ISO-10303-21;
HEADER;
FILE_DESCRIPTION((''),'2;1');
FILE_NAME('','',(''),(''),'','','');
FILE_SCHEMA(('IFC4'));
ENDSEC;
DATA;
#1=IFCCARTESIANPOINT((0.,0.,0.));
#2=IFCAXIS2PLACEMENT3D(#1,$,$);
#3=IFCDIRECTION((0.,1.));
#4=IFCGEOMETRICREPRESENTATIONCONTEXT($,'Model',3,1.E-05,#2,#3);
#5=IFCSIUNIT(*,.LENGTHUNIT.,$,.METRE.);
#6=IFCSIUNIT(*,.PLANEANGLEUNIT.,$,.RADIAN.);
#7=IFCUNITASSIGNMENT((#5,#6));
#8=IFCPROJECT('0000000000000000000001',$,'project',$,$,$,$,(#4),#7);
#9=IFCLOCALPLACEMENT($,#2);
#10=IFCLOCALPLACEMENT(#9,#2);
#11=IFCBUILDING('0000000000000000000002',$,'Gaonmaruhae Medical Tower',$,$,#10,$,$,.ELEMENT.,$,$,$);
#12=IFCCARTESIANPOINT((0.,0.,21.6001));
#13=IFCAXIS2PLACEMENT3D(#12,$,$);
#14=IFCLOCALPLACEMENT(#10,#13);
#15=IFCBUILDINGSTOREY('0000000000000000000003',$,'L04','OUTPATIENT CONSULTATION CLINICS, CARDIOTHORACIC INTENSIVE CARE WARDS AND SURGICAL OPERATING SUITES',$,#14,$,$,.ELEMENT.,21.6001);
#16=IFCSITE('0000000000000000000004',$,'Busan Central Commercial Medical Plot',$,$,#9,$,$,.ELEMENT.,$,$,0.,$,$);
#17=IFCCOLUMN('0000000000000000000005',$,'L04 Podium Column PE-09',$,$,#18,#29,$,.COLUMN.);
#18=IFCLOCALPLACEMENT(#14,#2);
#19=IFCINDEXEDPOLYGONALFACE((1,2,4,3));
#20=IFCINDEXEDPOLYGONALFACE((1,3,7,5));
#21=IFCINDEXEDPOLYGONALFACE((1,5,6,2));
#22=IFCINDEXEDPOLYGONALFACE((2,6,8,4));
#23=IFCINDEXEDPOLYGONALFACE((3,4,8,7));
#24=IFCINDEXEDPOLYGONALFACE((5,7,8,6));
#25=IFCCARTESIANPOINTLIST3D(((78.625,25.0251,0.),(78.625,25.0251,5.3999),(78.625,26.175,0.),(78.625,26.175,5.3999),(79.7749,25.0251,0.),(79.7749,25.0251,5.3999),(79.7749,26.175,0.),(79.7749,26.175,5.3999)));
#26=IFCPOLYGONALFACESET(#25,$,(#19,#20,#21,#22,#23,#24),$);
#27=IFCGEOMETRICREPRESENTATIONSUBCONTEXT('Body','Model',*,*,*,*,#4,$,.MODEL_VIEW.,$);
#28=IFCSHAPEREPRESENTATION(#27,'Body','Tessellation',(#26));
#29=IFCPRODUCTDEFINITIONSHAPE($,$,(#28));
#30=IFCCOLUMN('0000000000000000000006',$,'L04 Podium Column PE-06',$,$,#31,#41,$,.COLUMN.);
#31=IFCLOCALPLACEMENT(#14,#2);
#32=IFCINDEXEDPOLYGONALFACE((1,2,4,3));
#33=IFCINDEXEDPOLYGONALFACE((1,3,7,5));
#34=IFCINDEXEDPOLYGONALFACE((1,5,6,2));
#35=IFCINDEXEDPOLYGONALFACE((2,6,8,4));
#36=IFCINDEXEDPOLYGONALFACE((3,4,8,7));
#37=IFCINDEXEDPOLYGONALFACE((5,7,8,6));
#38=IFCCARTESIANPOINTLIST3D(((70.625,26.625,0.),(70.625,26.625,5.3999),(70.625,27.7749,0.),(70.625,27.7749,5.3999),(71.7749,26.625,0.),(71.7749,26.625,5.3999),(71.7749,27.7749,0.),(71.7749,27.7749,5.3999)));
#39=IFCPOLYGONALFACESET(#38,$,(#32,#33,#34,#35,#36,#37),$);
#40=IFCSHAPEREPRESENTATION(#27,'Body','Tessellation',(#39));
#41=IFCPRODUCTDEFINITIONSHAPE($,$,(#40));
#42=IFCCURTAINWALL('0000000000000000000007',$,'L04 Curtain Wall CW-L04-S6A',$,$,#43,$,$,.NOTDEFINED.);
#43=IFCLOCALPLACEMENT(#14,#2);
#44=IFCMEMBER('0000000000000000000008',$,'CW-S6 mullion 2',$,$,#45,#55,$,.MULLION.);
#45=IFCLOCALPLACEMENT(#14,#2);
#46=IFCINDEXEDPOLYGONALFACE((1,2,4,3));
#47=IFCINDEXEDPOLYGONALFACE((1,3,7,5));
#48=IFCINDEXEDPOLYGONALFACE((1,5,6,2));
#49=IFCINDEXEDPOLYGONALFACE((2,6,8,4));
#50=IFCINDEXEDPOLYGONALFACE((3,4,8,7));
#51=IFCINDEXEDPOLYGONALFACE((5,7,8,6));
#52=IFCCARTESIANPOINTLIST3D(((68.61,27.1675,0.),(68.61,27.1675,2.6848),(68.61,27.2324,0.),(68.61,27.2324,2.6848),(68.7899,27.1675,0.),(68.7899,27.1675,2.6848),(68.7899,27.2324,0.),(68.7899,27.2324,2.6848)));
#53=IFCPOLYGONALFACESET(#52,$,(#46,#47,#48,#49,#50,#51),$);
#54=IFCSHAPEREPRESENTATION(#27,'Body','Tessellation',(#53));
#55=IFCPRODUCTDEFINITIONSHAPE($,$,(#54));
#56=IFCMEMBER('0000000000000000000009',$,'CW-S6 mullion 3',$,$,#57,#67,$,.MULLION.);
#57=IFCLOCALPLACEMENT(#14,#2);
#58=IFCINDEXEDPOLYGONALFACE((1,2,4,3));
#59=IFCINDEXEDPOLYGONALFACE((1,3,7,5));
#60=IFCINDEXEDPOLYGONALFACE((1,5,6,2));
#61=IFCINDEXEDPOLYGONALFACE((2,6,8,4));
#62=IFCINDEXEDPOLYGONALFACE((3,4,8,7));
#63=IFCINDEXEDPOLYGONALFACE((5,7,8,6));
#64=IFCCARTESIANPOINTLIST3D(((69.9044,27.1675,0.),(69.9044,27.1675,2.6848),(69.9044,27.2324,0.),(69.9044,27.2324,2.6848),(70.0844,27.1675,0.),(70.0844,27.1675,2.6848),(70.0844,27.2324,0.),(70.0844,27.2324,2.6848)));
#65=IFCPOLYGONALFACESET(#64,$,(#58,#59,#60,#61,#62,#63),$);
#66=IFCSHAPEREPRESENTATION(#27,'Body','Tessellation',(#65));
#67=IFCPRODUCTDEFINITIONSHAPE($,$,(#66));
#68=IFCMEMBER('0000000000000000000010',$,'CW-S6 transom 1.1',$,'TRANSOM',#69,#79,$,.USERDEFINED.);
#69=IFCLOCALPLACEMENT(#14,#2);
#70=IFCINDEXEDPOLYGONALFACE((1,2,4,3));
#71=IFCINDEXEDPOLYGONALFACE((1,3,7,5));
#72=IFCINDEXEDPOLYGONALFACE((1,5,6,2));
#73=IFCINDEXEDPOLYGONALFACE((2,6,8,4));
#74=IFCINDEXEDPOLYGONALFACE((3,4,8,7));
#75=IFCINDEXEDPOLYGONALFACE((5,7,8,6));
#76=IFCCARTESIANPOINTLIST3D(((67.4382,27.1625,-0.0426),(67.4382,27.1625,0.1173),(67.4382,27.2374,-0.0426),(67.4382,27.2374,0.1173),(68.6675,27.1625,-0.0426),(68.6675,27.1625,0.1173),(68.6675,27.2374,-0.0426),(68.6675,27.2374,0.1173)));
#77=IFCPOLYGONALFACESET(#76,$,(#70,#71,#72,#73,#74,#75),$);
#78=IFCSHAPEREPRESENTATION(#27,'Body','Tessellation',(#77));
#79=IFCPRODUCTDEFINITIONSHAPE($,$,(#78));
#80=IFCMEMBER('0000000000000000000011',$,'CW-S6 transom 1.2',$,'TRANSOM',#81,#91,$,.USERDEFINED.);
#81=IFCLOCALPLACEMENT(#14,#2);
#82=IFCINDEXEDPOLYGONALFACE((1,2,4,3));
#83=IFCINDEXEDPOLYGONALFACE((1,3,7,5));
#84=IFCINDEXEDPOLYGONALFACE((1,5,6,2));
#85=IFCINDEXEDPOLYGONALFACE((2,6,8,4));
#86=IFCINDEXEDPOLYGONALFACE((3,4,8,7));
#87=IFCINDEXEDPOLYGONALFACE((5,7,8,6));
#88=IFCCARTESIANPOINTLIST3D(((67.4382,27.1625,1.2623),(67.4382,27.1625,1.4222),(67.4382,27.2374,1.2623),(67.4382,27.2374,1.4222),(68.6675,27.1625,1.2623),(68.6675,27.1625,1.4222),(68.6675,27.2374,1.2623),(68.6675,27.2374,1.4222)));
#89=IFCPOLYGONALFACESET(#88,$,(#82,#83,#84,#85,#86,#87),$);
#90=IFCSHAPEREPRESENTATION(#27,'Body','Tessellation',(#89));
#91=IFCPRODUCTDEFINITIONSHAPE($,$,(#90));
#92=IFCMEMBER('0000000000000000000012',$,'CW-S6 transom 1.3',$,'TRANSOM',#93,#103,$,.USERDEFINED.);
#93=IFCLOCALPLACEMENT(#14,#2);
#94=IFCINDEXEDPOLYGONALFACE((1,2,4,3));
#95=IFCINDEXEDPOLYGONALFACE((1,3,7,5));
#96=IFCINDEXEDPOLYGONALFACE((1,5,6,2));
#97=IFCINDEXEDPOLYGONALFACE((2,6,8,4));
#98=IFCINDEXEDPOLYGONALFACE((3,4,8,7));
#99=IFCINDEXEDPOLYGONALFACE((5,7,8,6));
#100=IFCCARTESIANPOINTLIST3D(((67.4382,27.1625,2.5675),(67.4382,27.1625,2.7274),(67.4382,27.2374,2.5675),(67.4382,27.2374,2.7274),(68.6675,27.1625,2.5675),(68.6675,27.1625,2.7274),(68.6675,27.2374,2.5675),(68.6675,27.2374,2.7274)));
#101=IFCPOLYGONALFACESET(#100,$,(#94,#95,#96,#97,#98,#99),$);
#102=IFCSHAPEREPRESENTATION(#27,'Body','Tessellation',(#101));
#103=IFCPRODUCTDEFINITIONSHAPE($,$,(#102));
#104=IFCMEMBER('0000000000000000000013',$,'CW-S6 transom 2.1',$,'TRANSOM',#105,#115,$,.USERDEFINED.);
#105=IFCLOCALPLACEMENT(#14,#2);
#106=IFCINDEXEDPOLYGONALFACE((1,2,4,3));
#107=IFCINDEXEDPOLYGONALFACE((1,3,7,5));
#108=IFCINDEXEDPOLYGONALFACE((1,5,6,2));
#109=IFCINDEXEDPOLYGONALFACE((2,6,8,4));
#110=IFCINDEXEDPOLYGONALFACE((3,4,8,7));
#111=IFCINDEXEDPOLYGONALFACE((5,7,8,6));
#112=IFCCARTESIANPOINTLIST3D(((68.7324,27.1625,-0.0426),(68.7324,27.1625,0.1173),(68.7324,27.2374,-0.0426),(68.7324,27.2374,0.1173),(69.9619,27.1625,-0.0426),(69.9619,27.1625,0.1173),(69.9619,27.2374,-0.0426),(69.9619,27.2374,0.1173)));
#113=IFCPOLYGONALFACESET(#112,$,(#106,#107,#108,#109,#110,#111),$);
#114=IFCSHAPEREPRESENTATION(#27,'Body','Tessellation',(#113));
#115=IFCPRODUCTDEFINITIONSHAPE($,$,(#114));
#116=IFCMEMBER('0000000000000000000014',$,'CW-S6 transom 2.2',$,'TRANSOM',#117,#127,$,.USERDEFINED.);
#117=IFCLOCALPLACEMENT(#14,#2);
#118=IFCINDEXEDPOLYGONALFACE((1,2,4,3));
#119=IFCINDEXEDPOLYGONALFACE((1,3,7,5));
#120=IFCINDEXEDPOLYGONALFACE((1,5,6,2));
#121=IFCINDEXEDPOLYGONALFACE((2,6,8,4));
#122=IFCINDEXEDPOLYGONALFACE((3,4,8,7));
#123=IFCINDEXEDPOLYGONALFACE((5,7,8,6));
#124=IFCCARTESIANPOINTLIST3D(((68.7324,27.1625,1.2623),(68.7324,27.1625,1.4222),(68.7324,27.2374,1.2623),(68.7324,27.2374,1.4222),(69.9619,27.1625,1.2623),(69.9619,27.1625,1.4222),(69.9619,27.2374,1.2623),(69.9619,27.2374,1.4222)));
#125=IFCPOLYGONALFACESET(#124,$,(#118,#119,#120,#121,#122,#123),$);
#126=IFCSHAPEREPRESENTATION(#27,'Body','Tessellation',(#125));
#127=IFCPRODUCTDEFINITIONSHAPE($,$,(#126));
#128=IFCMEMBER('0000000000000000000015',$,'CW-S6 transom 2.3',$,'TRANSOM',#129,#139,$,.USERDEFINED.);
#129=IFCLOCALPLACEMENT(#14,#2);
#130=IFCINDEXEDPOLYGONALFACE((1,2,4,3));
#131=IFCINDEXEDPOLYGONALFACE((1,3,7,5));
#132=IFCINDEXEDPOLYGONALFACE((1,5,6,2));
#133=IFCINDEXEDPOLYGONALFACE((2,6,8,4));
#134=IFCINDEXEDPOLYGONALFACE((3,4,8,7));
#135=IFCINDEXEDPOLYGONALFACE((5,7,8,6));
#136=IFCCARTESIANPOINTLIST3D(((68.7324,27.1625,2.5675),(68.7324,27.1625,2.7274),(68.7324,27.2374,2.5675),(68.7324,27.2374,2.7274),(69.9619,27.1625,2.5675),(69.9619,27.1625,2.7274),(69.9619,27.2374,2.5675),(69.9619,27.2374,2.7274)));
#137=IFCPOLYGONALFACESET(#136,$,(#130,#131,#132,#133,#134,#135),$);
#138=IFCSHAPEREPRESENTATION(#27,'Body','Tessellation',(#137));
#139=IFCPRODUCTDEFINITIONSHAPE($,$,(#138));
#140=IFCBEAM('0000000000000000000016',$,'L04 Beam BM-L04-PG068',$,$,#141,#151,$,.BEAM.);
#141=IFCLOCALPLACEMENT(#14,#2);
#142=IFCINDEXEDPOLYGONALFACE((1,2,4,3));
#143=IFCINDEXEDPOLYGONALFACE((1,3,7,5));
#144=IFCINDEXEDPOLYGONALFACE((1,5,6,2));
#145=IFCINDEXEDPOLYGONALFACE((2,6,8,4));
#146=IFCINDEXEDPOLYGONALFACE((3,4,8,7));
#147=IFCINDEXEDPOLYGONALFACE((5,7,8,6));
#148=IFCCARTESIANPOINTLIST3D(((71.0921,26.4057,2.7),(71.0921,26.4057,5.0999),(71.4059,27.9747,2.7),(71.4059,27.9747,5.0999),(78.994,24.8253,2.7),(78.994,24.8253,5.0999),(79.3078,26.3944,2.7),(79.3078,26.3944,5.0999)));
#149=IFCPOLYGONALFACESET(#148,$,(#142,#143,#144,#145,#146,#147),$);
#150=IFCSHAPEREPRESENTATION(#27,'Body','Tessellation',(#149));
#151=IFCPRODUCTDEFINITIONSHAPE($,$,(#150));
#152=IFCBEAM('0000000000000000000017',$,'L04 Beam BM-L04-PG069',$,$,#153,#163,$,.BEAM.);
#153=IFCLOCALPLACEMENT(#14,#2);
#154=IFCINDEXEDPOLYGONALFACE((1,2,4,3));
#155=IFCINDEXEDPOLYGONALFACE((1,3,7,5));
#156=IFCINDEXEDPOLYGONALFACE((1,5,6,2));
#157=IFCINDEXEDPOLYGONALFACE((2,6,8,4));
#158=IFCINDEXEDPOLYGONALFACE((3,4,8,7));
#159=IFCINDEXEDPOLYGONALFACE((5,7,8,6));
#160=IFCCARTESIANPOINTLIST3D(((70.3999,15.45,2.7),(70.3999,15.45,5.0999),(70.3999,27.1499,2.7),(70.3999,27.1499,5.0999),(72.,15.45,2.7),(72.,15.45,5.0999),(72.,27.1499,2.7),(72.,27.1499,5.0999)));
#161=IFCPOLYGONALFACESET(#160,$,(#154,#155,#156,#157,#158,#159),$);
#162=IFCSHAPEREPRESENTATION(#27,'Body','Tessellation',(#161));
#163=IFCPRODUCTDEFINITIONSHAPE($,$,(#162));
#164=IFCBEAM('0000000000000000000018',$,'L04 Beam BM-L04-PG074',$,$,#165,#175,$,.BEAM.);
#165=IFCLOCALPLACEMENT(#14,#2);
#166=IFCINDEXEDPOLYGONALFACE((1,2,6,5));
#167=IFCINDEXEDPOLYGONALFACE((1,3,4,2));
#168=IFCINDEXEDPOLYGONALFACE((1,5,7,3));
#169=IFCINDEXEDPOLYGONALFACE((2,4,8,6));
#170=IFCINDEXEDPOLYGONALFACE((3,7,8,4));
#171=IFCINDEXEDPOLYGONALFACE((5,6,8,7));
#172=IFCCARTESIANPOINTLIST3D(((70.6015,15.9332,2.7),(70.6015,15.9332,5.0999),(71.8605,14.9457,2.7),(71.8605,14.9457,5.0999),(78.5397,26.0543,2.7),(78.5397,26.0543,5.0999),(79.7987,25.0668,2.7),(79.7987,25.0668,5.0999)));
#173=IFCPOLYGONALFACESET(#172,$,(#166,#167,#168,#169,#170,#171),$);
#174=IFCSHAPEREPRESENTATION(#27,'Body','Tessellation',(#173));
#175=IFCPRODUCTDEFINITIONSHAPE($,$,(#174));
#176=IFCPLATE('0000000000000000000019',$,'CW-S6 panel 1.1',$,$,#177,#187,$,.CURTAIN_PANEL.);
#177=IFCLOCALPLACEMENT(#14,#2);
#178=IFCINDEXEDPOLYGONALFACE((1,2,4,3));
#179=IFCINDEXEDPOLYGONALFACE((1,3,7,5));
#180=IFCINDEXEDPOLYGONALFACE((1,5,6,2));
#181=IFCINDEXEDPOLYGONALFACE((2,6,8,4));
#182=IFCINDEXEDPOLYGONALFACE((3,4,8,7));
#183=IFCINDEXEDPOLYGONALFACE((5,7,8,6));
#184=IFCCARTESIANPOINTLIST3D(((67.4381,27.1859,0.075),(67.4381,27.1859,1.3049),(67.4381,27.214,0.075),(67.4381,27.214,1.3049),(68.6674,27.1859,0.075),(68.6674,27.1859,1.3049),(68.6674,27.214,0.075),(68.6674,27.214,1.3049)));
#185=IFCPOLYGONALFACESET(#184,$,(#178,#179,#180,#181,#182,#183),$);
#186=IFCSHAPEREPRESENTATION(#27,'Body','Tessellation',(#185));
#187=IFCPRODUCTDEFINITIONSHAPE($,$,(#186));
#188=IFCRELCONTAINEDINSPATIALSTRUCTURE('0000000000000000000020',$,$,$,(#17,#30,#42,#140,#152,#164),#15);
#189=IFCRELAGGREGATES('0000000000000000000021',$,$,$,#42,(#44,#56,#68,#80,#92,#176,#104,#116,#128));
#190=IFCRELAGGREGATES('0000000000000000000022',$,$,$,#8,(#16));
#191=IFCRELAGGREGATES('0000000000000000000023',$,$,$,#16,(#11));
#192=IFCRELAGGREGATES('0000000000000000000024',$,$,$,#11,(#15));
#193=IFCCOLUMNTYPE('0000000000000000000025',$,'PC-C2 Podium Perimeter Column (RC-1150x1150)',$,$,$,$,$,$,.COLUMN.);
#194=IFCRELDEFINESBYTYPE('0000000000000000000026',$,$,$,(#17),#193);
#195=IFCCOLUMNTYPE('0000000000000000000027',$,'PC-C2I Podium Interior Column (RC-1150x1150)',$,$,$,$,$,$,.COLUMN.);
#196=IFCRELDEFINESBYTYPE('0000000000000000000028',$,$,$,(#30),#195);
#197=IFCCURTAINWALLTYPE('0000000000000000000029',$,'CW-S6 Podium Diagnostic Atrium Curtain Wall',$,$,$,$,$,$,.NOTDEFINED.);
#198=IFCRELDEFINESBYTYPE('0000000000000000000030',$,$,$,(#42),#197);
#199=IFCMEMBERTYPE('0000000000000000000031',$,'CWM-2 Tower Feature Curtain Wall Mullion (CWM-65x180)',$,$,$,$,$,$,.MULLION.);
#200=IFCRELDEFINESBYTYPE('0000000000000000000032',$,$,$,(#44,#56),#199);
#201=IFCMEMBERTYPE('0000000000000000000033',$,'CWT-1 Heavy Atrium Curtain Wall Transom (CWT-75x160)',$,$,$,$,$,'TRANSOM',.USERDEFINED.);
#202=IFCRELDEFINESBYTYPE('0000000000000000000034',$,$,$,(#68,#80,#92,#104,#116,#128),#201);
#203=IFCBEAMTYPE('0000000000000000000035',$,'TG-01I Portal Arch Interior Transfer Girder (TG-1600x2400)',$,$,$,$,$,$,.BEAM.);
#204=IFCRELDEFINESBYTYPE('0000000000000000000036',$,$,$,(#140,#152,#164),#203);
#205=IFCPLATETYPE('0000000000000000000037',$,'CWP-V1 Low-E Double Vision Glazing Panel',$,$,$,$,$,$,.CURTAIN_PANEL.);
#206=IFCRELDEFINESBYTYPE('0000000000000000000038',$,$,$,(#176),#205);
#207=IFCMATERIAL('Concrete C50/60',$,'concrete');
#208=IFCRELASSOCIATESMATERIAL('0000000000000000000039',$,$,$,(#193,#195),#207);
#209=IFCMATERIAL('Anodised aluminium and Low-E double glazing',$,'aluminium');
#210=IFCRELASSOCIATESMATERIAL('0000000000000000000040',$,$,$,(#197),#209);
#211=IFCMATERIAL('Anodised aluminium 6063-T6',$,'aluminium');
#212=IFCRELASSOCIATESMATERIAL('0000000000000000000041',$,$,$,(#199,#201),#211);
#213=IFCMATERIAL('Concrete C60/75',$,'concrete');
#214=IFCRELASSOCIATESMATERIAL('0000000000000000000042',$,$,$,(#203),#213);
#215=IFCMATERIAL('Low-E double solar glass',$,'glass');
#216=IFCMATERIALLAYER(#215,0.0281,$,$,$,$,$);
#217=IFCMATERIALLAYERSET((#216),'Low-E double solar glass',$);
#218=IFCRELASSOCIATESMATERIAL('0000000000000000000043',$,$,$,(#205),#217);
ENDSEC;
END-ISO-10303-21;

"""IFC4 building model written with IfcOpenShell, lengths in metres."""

from ifc_helpers import new_model, si_unit, direction, frame, origin, origin_2d, place, context, subcontext, project, spatial, rectangle, extrude, material, layer, layer_set, material_profile, profile_set, type_object, element, aggregate, save


model = new_model("IFC4")

# Units and contexts
model_context = context("Model", 3, precision=1e-05, world=origin(), true_north=direction((0.0, 1.0)))
body_context = subcontext(model_context, "Body", "Model", "MODEL_VIEW")
ifc_project = project(units=[si_unit("LENGTHUNIT", "METRE"), si_unit("PLANEANGLEUNIT", "RADIAN")], contexts=[model_context])

# Site, building, storey
site_placement = place(None, origin())
site = spatial("IfcSite", under=ifc_project, at=site_placement, Name="Busan Central Commercial Medical Plot", CompositionType="ELEMENT", RefElevation=0.0)
building_placement = place(site_placement, origin())
building = spatial("IfcBuilding", under=site, at=building_placement, Name="Gaonmaruhae Medical Tower", CompositionType="ELEMENT")
storey_placement = place(building_placement, frame((0.0, 0.0, 21.6001)))
storey = spatial("IfcBuildingStorey", under=building, at=storey_placement, Name="L04", Description="OUTPATIENT CONSULTATION CLINICS, CARDIOTHORACIC INTENSIVE CARE WARDS AND SURGICAL OPERATING SUITES", CompositionType="ELEMENT", Elevation=21.6001)

# Columns
ifc_material_1 = material(Name="Concrete C50/60", Category="concrete")
ifc_material_profile_1 = material_profile(ifc_material_1, rectangle(XDim=1.1499, YDim=1.1499, at=origin_2d()), Name="RC-1150x1150")
ifc_profile_set_1 = profile_set([ifc_material_profile_1], Name="Concrete C50/60")
column_type_1 = type_object("IfcColumnType", Name="PC-C2 Podium Perimeter Column (RC-1150x1150)", PredefinedType="COLUMN", material=ifc_profile_set_1)
column_1_placement = place(storey_placement, frame((79.2, 25.6001, 0.0), z_axis=(0.0, 0.0, 1.0), x_axis=(1.0, 0.0, 0.0)))
element("IfcColumn", 1, at=column_1_placement, inside=storey, type_object=column_type_1, Name="L04 Podium Column PE-09", PredefinedType="COLUMN", context=body_context, shape_type="SweptSolid", body=[
    extrude(rectangle(XDim=1.1499, YDim=1.1499, at=origin_2d()), origin(), (0.0, 0.0, 1.0), 5.3999),
])
ifc_material_profile_2 = material_profile(ifc_material_1, rectangle(XDim=1.1499, YDim=1.1499, at=origin_2d()), Name="RC-1150x1150")
ifc_profile_set_2 = profile_set([ifc_material_profile_2], Name="Concrete C50/60")
column_type_2 = type_object("IfcColumnType", Name="PC-C2I Podium Interior Column (RC-1150x1150)", PredefinedType="COLUMN", material=ifc_profile_set_2)
column_2_placement = place(storey_placement, frame((71.2, 27.2, 0.0), z_axis=(0.0, 0.0, 1.0), x_axis=(1.0, 0.0, 0.0)))
element("IfcColumn", 2, at=column_2_placement, inside=storey, type_object=column_type_2, Name="L04 Podium Column PE-06", PredefinedType="COLUMN", context=body_context, shape_type="SweptSolid", body=[
    extrude(rectangle(XDim=1.1499, YDim=1.1499, at=origin_2d()), origin(), (0.0, 0.0, 1.0), 5.3999),
])

# Curtain wall, members
ifc_material_2 = material(Name="Anodised aluminium and Low-E double glazing", Category="aluminium")
curtain_wall_type = type_object("IfcCurtainWallType", Name="CW-S6 Podium Diagnostic Atrium Curtain Wall", PredefinedType="NOTDEFINED", material=ifc_material_2)
curtain_wall_placement = place(storey_placement, origin())
curtain_wall = element("IfcCurtainWall", 3, at=curtain_wall_placement, inside=storey, type_object=curtain_wall_type, Name="L04 Curtain Wall CW-L04-S6A", PredefinedType="NOTDEFINED")
ifc_material_3 = material(Name="Anodised aluminium 6063-T6", Category="aluminium")
ifc_material_profile_3 = material_profile(ifc_material_3, rectangle(XDim=0.0649, YDim=0.1799, at=origin_2d()), Name="CWM-65x180")
ifc_profile_set_3 = profile_set([ifc_material_profile_3], Name="Anodised aluminium 6063-T6")
member_type_1 = type_object("IfcMemberType", Name="CWM-2 Tower Feature Curtain Wall Mullion (CWM-65x180)", PredefinedType="MULLION", material=ifc_profile_set_3)
member_1_placement = place(storey_placement, frame((68.7, 27.2, 0.0), z_axis=(0.0, 0.0, 1.0), x_axis=(0.0, 1.0, 0.0)))
member_1 = element("IfcMember", 4, at=member_1_placement, type_object=member_type_1, Name="CW-S6 mullion 2", PredefinedType="MULLION", context=body_context, shape_type="SweptSolid", body=[
    extrude(rectangle(XDim=0.0649, YDim=0.1799, at=origin_2d()), origin(), (0.0, 0.0, 1.0), 2.6848),
])
member_2_placement = place(storey_placement, frame((69.9944, 27.2, 0.0), z_axis=(0.0, 0.0, 1.0), x_axis=(0.0, 1.0, 0.0)))
member_2 = element("IfcMember", 5, at=member_2_placement, type_object=member_type_1, Name="CW-S6 mullion 3", PredefinedType="MULLION", context=body_context, shape_type="SweptSolid", body=[
    extrude(rectangle(XDim=0.0649, YDim=0.1799, at=origin_2d()), origin(), (0.0, 0.0, 1.0), 2.6848),
])
ifc_material_profile_4 = material_profile(ifc_material_3, rectangle(XDim=0.075, YDim=0.1599, at=origin_2d()), Name="CWT-75x160")
ifc_profile_set_4 = profile_set([ifc_material_profile_4], Name="Anodised aluminium 6063-T6")
member_type_2 = type_object("IfcMemberType", Name="CWT-1 Heavy Atrium Curtain Wall Transom (CWT-75x160)", ElementType="TRANSOM", PredefinedType="USERDEFINED", material=ifc_profile_set_4)
member_3_placement = place(storey_placement, frame((67.4382, 27.2, 0.0374), z_axis=(1.0, 0.0, 0.0), x_axis=(0.0, 1.0, 0.0)))
member_3 = element("IfcMember", 6, at=member_3_placement, type_object=member_type_2, Name="CW-S6 transom 1.1", ObjectType="TRANSOM", PredefinedType="USERDEFINED", context=body_context, shape_type="SweptSolid", body=[
    extrude(rectangle(XDim=0.075, YDim=0.1599, at=origin_2d()), origin(), (0.0, 0.0, 1.0), 1.2292),
])
member_4_placement = place(storey_placement, frame((67.4382, 27.2, 1.3423), z_axis=(1.0, 0.0, 0.0), x_axis=(0.0, 1.0, 0.0)))
member_4 = element("IfcMember", 7, at=member_4_placement, type_object=member_type_2, Name="CW-S6 transom 1.2", ObjectType="TRANSOM", PredefinedType="USERDEFINED", context=body_context, shape_type="SweptSolid", body=[
    extrude(rectangle(XDim=0.075, YDim=0.1599, at=origin_2d()), origin(), (0.0, 0.0, 1.0), 1.2292),
])
member_5_placement = place(storey_placement, frame((67.4382, 27.2, 2.6475), z_axis=(1.0, 0.0, 0.0), x_axis=(0.0, 1.0, 0.0)))
member_5 = element("IfcMember", 8, at=member_5_placement, type_object=member_type_2, Name="CW-S6 transom 1.3", ObjectType="TRANSOM", PredefinedType="USERDEFINED", context=body_context, shape_type="SweptSolid", body=[
    extrude(rectangle(XDim=0.075, YDim=0.1599, at=origin_2d()), origin(), (0.0, 0.0, 1.0), 1.2292),
])
member_6_placement = place(storey_placement, frame((68.7324, 27.2, 0.0374), z_axis=(1.0, 0.0, 0.0), x_axis=(0.0, 1.0, 0.0)))
member_6 = element("IfcMember", 9, at=member_6_placement, type_object=member_type_2, Name="CW-S6 transom 2.1", ObjectType="TRANSOM", PredefinedType="USERDEFINED", context=body_context, shape_type="SweptSolid", body=[
    extrude(rectangle(XDim=0.075, YDim=0.1599, at=origin_2d()), origin(), (0.0, 0.0, 1.0), 1.2295),
])
member_7_placement = place(storey_placement, frame((68.7324, 27.2, 1.3423), z_axis=(1.0, 0.0, 0.0), x_axis=(0.0, 1.0, 0.0)))
member_7 = element("IfcMember", 10, at=member_7_placement, type_object=member_type_2, Name="CW-S6 transom 2.2", ObjectType="TRANSOM", PredefinedType="USERDEFINED", context=body_context, shape_type="SweptSolid", body=[
    extrude(rectangle(XDim=0.075, YDim=0.1599, at=origin_2d()), origin(), (0.0, 0.0, 1.0), 1.2295),
])
member_8_placement = place(storey_placement, frame((68.7324, 27.2, 2.6475), z_axis=(1.0, 0.0, 0.0), x_axis=(0.0, 1.0, 0.0)))
member_8 = element("IfcMember", 11, at=member_8_placement, type_object=member_type_2, Name="CW-S6 transom 2.3", ObjectType="TRANSOM", PredefinedType="USERDEFINED", context=body_context, shape_type="SweptSolid", body=[
    extrude(rectangle(XDim=0.075, YDim=0.1599, at=origin_2d()), origin(), (0.0, 0.0, 1.0), 1.2295),
])

# Beams
ifc_material_4 = material(Name="Concrete C60/75", Category="concrete")
ifc_material_profile_5 = material_profile(ifc_material_4, rectangle(XDim=1.6001, YDim=2.3999, at=origin_2d()), Name="TG-1600x2400")
ifc_profile_set_5 = profile_set([ifc_material_profile_5], Name="Concrete C60/75")
beam_type = type_object("IfcBeamType", Name="TG-01I Portal Arch Interior Transfer Girder (TG-1600x2400)", PredefinedType="BEAM", material=ifc_profile_set_5)
beam_1_placement = place(storey_placement, frame((71.249, 27.1902, 3.8999), z_axis=(0.980582, -0.19611, 0.0), x_axis=(0.19611, 0.980582, 0.0)))
element("IfcBeam", 12, at=beam_1_placement, inside=storey, type_object=beam_type, Name="L04 Beam BM-L04-PG068", PredefinedType="BEAM", context=body_context, shape_type="SweptSolid", body=[
    extrude(rectangle(XDim=1.6001, YDim=2.3999, at=origin_2d()), origin(), (0.0, 0.0, 1.0), 8.0583),
])
beam_2_placement = place(storey_placement, frame((71.2, 27.1499, 3.8999), z_axis=(0.0, -1.0, 0.0), x_axis=(1.0, 0.0, 0.0)))
element("IfcBeam", 13, at=beam_2_placement, inside=storey, type_object=beam_type, Name="L04 Beam BM-L04-PG069", PredefinedType="BEAM", context=body_context, shape_type="SweptSolid", body=[
    extrude(rectangle(XDim=1.6001, YDim=2.3999, at=origin_2d()), origin(), (0.0, 0.0, 1.0), 11.7),
])
beam_3_placement = place(storey_placement, frame((79.1692, 25.5605, 3.8999), z_axis=(-0.617146, -0.786849, 0.0), x_axis=(0.786849, -0.617146, 0.0)))
element("IfcBeam", 14, at=beam_3_placement, inside=storey, type_object=beam_type, Name="L04 Beam BM-L04-PG074", PredefinedType="BEAM", context=body_context, shape_type="SweptSolid", body=[
    extrude(rectangle(XDim=1.6001, YDim=2.3999, at=origin_2d()), origin(), (0.0, 0.0, 1.0), 12.8628),
])

# Plate
ifc_material_5 = material(Name="Low-E double solar glass", Category="glass")
ifc_layer_1 = layer(ifc_material_5, 0.0281)
ifc_layer_set_1 = layer_set([ifc_layer_1], Name="Low-E double solar glass")
plate_type = type_object("IfcPlateType", Name="CWP-V1 Low-E Double Vision Glazing Panel", PredefinedType="CURTAIN_PANEL", material=ifc_layer_set_1)
plate_1_placement = place(storey_placement, frame((68.0527, 27.2, 0.075), z_axis=(0.0, 0.0, 1.0), x_axis=(1.0, 0.0, 0.0)))
plate_1 = element("IfcPlate", 15, at=plate_1_placement, type_object=plate_type, Name="CW-S6 panel 1.1", PredefinedType="CURTAIN_PANEL", context=body_context, shape_type="SweptSolid", body=[
    extrude(rectangle(XDim=1.2292, YDim=0.0281, at=origin_2d()), origin(), (0.0, 0.0, 1.0), 1.23),
])
aggregate(curtain_wall, [member_1, member_2, member_3, member_4, member_5, plate_1, member_6, member_7, member_8])

save(model, "model.ifc")
